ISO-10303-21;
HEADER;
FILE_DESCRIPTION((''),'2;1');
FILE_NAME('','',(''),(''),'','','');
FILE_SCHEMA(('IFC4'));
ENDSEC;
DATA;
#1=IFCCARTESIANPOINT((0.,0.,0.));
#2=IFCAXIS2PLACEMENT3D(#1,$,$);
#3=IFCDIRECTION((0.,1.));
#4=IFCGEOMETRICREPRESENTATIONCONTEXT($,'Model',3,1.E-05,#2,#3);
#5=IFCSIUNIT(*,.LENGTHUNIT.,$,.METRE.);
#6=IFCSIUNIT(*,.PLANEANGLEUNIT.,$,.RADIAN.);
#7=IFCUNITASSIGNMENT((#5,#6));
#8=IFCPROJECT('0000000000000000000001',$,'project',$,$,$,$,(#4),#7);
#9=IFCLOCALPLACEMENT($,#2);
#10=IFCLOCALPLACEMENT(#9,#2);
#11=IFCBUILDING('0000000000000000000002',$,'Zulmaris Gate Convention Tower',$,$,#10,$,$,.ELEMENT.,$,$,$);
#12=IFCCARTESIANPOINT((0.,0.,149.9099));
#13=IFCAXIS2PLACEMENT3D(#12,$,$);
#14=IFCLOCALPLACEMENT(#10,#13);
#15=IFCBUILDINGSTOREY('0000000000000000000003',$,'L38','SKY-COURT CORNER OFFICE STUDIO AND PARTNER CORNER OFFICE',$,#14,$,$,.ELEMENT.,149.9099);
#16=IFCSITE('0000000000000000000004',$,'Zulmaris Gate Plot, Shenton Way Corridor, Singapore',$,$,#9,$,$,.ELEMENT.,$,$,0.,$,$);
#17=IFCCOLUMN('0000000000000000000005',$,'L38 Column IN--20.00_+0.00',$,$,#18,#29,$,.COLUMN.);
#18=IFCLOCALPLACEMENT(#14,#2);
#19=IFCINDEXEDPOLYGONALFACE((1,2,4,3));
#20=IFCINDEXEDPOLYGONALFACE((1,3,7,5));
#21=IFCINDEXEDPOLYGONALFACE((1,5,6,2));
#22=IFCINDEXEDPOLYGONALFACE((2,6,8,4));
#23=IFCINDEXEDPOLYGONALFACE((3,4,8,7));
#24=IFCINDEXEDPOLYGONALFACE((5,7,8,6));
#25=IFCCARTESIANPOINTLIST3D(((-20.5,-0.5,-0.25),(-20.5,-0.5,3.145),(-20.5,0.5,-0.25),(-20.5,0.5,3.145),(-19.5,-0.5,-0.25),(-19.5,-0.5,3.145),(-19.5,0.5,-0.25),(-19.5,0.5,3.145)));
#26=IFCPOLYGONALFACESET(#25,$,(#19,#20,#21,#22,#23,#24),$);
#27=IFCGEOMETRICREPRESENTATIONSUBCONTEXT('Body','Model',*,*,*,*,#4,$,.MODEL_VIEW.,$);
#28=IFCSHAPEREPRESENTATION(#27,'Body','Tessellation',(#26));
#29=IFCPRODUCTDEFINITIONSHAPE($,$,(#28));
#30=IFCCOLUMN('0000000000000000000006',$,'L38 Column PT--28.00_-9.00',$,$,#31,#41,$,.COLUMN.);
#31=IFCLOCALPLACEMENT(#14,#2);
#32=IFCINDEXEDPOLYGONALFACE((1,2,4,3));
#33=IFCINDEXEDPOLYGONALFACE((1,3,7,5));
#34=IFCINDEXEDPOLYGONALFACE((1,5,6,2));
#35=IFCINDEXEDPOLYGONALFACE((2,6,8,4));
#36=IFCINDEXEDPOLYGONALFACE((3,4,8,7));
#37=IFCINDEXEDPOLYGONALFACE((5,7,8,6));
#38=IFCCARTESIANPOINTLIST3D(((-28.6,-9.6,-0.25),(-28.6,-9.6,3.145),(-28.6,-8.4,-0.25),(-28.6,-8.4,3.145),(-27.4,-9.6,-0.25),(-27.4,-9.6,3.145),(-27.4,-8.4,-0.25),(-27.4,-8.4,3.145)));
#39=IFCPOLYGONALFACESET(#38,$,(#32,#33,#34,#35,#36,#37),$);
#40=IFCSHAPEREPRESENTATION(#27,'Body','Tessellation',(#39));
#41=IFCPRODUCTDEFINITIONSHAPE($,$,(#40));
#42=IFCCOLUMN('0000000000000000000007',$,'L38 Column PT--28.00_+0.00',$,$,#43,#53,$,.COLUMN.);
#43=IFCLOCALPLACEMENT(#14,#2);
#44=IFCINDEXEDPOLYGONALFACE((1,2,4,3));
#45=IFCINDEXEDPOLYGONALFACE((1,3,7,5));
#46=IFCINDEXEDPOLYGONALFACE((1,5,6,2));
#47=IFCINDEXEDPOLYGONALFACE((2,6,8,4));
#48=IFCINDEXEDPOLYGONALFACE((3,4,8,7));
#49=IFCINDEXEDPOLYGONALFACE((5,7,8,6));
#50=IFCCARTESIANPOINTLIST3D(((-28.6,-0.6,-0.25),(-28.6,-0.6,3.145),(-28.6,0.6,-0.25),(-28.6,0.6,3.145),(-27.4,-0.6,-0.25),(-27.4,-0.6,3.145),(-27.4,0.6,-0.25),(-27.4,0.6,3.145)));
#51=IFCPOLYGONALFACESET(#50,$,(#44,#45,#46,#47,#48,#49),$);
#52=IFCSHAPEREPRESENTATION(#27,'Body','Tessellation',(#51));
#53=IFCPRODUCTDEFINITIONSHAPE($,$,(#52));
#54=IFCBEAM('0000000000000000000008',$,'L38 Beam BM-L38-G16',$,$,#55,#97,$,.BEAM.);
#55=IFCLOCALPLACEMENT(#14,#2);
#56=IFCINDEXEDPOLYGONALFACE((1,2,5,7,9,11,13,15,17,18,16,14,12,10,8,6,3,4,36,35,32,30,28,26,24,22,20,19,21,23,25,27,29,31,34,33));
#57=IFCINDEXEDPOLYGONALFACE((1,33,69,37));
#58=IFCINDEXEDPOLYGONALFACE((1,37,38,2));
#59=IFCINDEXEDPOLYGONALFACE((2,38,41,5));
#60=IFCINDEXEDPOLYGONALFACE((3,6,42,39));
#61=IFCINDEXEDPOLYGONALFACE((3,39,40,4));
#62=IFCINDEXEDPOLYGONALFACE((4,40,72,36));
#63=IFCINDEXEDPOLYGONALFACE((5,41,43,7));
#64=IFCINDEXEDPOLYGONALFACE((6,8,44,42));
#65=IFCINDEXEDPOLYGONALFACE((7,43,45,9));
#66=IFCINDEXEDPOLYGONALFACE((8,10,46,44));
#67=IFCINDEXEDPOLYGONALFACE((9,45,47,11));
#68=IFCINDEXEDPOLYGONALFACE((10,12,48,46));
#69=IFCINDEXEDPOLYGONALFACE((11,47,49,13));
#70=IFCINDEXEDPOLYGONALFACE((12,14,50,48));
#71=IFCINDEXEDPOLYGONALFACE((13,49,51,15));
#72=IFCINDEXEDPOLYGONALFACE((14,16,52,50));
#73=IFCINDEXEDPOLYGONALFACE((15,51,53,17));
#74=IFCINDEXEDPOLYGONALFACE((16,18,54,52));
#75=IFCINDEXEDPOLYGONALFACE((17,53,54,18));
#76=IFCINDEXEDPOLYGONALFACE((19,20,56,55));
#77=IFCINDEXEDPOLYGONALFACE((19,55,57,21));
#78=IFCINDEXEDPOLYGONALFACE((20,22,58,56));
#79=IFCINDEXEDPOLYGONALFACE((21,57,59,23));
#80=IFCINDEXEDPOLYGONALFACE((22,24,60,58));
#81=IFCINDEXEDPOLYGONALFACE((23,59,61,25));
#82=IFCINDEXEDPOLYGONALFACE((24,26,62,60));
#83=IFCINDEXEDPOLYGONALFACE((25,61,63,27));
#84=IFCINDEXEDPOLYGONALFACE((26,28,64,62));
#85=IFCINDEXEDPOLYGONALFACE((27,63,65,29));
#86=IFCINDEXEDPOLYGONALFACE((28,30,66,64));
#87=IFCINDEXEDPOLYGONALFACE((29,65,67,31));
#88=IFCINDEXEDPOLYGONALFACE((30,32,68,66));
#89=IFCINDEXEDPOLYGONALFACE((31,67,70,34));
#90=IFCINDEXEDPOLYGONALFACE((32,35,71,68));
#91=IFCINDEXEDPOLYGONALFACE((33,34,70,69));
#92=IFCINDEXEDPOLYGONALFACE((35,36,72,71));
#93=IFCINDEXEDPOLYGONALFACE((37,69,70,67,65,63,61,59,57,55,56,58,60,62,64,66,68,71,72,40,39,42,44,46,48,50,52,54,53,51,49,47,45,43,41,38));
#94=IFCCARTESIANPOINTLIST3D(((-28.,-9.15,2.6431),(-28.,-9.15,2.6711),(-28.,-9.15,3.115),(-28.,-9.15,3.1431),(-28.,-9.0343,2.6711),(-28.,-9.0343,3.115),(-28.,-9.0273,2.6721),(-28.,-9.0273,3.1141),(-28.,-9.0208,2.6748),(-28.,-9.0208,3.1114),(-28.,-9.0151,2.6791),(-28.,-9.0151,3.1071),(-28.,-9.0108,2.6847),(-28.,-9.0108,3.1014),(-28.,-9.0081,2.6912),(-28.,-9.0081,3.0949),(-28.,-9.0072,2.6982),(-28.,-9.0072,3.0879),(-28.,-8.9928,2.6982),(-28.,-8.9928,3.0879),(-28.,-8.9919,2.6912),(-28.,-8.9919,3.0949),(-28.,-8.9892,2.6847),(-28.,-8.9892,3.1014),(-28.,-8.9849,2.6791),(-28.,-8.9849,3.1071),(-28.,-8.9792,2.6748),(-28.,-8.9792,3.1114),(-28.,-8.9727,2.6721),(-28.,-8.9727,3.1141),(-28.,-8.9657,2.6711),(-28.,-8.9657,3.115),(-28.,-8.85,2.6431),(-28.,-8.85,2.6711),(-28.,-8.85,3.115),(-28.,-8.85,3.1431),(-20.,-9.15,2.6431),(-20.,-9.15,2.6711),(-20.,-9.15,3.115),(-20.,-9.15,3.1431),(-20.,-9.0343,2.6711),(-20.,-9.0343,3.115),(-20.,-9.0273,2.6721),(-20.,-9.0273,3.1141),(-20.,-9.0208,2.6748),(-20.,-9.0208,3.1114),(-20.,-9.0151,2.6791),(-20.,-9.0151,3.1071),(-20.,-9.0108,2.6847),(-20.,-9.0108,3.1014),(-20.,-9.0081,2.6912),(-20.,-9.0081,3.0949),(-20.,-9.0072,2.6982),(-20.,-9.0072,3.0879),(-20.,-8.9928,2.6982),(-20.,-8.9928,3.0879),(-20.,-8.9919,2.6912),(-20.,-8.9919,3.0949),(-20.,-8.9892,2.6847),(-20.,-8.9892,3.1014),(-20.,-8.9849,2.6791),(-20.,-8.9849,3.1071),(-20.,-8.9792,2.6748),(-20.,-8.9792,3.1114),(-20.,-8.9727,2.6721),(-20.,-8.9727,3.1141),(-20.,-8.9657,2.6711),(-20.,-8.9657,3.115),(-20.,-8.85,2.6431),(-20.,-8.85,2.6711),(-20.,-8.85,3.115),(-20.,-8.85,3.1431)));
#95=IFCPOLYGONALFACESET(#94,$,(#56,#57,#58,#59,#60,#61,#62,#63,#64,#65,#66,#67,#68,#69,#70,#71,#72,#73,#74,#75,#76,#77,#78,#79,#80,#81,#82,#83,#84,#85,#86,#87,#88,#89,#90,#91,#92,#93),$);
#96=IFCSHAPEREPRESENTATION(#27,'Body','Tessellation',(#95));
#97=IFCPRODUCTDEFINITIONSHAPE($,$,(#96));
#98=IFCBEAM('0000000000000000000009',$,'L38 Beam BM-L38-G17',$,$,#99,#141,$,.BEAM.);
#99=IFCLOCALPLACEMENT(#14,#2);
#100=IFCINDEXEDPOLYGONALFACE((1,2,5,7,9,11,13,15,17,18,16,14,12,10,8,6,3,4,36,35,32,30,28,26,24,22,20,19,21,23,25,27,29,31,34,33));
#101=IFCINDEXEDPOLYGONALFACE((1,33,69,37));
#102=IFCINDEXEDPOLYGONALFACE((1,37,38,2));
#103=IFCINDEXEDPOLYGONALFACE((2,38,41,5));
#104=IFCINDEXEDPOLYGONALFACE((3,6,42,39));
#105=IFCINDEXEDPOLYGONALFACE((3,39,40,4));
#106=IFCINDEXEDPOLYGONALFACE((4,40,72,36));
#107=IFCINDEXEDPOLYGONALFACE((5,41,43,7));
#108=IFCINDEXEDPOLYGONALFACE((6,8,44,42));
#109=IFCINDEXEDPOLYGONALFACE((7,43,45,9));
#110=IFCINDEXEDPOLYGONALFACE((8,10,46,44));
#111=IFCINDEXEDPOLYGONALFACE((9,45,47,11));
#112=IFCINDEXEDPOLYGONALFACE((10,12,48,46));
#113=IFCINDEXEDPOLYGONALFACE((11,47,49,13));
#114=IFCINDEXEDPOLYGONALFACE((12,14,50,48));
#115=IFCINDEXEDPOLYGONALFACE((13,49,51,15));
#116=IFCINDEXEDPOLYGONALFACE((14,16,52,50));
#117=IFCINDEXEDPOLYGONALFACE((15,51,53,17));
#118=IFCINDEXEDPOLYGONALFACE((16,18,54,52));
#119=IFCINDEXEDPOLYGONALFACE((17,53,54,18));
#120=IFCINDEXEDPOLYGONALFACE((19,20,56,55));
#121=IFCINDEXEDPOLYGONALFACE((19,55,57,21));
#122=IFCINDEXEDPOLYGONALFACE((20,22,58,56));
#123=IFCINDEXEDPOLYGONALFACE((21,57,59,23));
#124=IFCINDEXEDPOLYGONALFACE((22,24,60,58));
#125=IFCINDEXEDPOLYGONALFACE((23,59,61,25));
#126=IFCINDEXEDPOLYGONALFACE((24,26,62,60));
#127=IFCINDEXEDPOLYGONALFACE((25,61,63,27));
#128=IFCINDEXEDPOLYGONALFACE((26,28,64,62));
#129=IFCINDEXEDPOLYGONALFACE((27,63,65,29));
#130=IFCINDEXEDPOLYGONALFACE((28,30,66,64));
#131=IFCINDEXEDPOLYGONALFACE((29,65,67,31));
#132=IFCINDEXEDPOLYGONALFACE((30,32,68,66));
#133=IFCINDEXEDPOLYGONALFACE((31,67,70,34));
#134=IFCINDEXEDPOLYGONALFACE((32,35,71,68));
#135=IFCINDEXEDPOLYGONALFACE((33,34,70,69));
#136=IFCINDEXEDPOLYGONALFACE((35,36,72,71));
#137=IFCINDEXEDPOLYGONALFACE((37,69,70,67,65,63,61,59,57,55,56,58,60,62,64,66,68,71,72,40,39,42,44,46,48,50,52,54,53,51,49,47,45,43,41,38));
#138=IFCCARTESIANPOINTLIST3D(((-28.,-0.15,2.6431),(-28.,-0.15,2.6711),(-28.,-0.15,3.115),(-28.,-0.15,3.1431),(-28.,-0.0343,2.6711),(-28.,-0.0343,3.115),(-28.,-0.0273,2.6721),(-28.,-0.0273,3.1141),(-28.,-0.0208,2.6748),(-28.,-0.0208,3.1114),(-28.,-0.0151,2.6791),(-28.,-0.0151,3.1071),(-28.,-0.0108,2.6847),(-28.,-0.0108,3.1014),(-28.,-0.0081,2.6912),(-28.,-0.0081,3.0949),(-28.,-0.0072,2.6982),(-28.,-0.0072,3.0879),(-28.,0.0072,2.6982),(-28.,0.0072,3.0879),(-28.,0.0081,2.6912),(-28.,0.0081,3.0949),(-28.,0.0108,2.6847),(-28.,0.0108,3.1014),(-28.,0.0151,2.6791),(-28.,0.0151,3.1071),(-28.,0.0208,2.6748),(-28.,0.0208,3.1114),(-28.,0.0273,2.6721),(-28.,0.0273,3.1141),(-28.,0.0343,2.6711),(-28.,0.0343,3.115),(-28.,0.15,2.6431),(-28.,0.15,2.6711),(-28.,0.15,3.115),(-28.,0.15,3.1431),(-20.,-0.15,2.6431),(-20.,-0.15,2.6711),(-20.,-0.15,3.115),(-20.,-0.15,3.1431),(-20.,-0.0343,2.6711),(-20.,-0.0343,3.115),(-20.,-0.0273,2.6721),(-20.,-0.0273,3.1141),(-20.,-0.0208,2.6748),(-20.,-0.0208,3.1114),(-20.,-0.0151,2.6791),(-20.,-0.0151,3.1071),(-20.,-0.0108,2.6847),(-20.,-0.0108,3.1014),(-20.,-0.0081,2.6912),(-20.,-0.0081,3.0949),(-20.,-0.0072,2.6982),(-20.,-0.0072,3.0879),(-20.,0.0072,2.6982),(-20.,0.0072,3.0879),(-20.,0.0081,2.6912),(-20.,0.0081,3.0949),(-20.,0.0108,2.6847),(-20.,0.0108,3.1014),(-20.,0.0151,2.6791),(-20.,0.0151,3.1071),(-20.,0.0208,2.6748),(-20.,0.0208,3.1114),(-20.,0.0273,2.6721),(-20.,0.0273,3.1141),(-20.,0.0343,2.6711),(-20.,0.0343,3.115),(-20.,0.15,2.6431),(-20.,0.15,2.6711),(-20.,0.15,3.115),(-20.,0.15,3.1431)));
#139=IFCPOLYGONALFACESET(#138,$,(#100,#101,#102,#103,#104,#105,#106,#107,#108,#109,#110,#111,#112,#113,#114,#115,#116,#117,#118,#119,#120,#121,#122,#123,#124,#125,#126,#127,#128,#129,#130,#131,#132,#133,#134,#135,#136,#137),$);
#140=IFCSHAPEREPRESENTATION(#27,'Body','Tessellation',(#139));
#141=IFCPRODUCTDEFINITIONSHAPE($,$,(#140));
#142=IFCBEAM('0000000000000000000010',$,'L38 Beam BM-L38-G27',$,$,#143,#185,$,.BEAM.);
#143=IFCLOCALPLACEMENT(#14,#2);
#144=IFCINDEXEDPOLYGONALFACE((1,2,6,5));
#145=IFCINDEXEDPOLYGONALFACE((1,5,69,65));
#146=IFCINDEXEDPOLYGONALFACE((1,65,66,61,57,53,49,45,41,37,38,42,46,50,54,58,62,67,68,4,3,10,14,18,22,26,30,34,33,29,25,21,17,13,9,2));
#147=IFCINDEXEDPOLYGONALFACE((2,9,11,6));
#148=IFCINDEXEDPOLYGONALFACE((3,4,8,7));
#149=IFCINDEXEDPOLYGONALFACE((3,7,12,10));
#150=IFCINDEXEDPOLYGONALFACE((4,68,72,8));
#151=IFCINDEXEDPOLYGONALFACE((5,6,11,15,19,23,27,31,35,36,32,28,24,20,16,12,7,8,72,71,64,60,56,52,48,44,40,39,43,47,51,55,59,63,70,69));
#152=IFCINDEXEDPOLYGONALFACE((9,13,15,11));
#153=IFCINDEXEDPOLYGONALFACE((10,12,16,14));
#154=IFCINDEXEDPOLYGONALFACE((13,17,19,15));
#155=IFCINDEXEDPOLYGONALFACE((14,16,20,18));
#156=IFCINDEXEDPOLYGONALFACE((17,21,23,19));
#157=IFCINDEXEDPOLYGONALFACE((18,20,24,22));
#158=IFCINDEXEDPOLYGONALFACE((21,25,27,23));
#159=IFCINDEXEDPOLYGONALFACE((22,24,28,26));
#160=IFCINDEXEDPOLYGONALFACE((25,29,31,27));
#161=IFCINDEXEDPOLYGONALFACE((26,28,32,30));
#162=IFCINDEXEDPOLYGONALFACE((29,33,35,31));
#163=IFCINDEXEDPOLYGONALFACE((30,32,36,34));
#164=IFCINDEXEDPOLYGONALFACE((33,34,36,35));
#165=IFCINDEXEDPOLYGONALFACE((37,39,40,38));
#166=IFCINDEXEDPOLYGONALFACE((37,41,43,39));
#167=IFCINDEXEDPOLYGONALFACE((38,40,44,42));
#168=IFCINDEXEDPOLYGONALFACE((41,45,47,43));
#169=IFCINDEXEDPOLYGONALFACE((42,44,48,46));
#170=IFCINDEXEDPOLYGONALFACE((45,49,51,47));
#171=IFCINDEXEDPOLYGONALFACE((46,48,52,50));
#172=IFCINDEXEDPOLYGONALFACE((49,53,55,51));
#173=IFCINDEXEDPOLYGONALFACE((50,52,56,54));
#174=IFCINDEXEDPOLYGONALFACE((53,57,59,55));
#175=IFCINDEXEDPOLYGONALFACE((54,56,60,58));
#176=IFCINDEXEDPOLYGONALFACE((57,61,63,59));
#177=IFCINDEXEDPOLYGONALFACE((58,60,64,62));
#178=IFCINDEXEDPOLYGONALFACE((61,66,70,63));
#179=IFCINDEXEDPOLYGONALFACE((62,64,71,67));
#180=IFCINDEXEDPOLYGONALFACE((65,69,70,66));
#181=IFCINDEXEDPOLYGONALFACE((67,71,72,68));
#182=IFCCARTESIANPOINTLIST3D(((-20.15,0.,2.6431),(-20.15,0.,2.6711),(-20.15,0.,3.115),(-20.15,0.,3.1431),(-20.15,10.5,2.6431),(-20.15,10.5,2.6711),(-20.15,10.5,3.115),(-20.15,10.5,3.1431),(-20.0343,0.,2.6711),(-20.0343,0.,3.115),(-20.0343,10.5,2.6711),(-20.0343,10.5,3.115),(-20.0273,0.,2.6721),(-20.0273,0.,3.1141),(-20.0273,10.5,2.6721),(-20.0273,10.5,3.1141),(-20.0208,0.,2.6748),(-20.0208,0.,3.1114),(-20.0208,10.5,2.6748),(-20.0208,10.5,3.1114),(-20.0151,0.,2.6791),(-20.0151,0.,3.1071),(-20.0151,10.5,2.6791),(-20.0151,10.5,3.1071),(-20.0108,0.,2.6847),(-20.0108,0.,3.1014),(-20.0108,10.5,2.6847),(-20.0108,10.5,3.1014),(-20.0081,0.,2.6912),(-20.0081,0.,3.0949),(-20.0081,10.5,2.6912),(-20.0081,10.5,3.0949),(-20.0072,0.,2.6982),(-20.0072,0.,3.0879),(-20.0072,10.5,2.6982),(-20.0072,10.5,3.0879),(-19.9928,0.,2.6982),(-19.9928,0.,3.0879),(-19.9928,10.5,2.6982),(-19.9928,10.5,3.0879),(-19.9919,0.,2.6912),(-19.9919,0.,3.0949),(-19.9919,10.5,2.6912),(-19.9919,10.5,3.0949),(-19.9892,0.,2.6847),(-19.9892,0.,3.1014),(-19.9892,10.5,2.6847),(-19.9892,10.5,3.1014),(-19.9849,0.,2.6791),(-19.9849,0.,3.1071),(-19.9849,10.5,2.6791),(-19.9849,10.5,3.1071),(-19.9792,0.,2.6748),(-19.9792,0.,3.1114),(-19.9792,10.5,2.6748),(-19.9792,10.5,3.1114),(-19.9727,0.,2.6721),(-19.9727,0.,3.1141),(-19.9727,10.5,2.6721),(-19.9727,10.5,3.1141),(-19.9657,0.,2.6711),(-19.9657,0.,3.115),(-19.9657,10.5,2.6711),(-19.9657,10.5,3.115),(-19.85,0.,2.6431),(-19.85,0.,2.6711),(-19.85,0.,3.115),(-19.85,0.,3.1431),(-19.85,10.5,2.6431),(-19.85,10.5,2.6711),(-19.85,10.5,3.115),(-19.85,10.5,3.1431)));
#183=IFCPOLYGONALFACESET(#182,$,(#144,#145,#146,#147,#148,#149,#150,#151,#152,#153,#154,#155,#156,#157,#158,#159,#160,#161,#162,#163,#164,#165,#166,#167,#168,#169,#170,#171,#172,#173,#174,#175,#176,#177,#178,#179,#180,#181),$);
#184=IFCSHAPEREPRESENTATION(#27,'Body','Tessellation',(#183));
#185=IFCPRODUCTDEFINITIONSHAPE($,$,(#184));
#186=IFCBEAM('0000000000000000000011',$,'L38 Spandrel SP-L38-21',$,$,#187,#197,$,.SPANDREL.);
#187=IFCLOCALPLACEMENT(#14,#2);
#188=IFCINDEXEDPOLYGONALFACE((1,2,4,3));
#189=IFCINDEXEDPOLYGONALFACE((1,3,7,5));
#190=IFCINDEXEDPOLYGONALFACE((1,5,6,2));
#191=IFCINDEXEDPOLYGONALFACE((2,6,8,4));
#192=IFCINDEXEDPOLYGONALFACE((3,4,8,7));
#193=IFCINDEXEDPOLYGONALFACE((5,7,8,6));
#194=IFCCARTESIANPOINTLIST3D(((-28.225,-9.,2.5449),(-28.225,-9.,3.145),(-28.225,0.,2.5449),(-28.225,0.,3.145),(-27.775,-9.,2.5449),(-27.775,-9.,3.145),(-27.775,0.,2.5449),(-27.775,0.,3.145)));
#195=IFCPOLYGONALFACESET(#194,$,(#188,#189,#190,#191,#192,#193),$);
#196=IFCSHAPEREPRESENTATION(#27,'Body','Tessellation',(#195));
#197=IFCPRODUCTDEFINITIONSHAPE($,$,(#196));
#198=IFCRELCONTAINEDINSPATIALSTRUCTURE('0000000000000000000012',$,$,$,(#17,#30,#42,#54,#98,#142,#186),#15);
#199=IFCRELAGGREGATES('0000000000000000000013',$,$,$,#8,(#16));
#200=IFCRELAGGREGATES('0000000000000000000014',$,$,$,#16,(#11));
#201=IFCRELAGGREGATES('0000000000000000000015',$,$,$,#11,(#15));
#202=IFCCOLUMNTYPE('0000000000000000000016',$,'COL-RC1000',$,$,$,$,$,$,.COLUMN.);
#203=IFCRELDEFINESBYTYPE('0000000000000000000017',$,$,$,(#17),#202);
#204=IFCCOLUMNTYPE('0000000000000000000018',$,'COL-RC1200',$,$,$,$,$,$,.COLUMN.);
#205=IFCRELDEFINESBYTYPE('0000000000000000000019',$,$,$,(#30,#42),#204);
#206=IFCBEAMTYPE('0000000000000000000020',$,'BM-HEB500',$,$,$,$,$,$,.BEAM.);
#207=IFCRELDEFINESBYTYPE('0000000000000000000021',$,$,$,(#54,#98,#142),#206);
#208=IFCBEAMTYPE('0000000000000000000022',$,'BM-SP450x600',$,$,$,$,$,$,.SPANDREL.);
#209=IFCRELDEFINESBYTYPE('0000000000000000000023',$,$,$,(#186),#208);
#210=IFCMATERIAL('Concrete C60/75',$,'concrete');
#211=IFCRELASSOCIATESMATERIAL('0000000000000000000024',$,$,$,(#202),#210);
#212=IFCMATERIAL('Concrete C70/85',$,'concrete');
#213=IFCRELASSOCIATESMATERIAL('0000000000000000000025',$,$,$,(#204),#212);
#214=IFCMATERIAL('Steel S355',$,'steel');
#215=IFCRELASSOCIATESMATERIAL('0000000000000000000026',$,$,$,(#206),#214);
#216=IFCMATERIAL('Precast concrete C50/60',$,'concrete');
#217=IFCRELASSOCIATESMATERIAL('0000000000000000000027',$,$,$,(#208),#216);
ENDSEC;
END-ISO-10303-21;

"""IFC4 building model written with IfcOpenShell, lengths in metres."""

from ifc_helpers import new_model, si_unit, direction, frame, origin, origin_2d, place, context, subcontext, project, spatial, rectangle, i_section, extrude, material, material_profile, profile_set, type_object, element, save


model = new_model("IFC4")

# Units and contexts
model_context = context("Model", 3, precision=1e-05, world=origin(), true_north=direction((0.0, 1.0)))
body_context = subcontext(model_context, "Body", "Model", "MODEL_VIEW")
ifc_project = project(units=[si_unit("LENGTHUNIT", "METRE"), si_unit("PLANEANGLEUNIT", "RADIAN")], contexts=[model_context])

# Site, building, storey
site_placement = place(None, origin())
site = spatial("IfcSite", under=ifc_project, at=site_placement, Name="Zulmaris Gate Plot, Shenton Way Corridor, Singapore", CompositionType="ELEMENT", RefElevation=0.0)
building_placement = place(site_placement, origin())
building = spatial("IfcBuilding", under=site, at=building_placement, Name="Zulmaris Gate Convention Tower", CompositionType="ELEMENT")
storey_placement = place(building_placement, frame((0.0, 0.0, 149.9099)))
storey = spatial("IfcBuildingStorey", under=building, at=storey_placement, Name="L38", Description="SKY-COURT CORNER OFFICE STUDIO AND PARTNER CORNER OFFICE", CompositionType="ELEMENT", Elevation=149.9099)

# Columns
ifc_material_1 = material(Name="Concrete C60/75", Category="concrete")
ifc_material_profile_1 = material_profile(ifc_material_1, rectangle(XDim=1.0, YDim=1.0, at=origin_2d()), Name="RC COL 1000x1000")
ifc_profile_set_1 = profile_set([ifc_material_profile_1], Name="Concrete C60/75")
column_type_1 = type_object("IfcColumnType", Name="COL-RC1000", PredefinedType="COLUMN", material=ifc_profile_set_1)
column_placement = place(storey_placement, frame((-20.0, 0.0, -0.25), z_axis=(0.0, 0.0, 1.0), x_axis=(1.0, 0.0, 0.0)))
element("IfcColumn", 1, at=column_placement, inside=storey, type_object=column_type_1, Name="L38 Column IN--20.00_+0.00", PredefinedType="COLUMN", context=body_context, shape_type="SweptSolid", body=[
    extrude(rectangle(XDim=1.0, YDim=1.0, at=origin_2d()), origin(), (0.0, 0.0, 1.0), 3.395),
])
ifc_material_2 = material(Name="Concrete C70/85", Category="concrete")
ifc_material_profile_2 = material_profile(ifc_material_2, rectangle(XDim=1.2, YDim=1.2, at=origin_2d()), Name="RC COL 1200x1200")
ifc_profile_set_2 = profile_set([ifc_material_profile_2], Name="Concrete C70/85")
column_type_2 = type_object("IfcColumnType", Name="COL-RC1200", PredefinedType="COLUMN", material=ifc_profile_set_2)
for number, where, z_axis, x_axis, name in (
    (2, (-28.0, -9.0, -0.25), (0.0, 0.0, 1.0), (1.0, 0.0, 0.0), "L38 Column PT--28.00_-9.00"),
    (3, (-28.0, 0.0, -0.25), (0.0, 0.0, 1.0), (1.0, 0.0, 0.0), "L38 Column PT--28.00_+0.00"),
):
    element("IfcColumn", number, at=place(storey_placement, frame(where, z_axis=z_axis, x_axis=x_axis)), inside=storey, type_object=column_type_2, Name=name, PredefinedType="COLUMN", context=body_context, shape_type="SweptSolid", body=[
        extrude(rectangle(XDim=1.2, YDim=1.2, at=origin_2d()), origin(), (0.0, 0.0, 1.0), 3.395),
    ])

# Beams
ifc_material_3 = material(Name="Steel S355", Category="steel")
ifc_material_profile_3 = material_profile(ifc_material_3, i_section(OverallWidth=0.3, OverallDepth=0.5, WebThickness=0.0144, FlangeThickness=0.0281, FilletRadius=0.0271, at=origin_2d()), Name="HEB 500")
ifc_profile_set_3 = profile_set([ifc_material_profile_3], Name="Steel S355")
beam_type_1 = type_object("IfcBeamType", Name="BM-HEB500", PredefinedType="BEAM", material=ifc_profile_set_3)
for number, where, z_axis, x_axis, name in (
    (4, (-28.0, -9.0, 2.8931), (1.0, 0.0, 0.0), (0.0, 1.0, 0.0), "L38 Beam BM-L38-G16"),
    (5, (-28.0, 0.0, 2.8931), (1.0, 0.0, 0.0), (0.0, 1.0, 0.0), "L38 Beam BM-L38-G17"),
):
    element("IfcBeam", number, at=place(storey_placement, frame(where, z_axis=z_axis, x_axis=x_axis)), inside=storey, type_object=beam_type_1, Name=name, PredefinedType="BEAM", context=body_context, shape_type="SweptSolid", body=[
        extrude(i_section(OverallWidth=0.3, OverallDepth=0.5, WebThickness=0.0144, FlangeThickness=0.0281, FilletRadius=0.0271, at=origin_2d()), origin(), (0.0, 0.0, 1.0), 8.0),
    ])
beam_1_placement = place(storey_placement, frame((-20.0, 0.0, 2.8931), z_axis=(0.0, 1.0, 0.0), x_axis=(-1.0, 0.0, 0.0)))
element("IfcBeam", 6, at=beam_1_placement, inside=storey, type_object=beam_type_1, Name="L38 Beam BM-L38-G27", PredefinedType="BEAM", context=body_context, shape_type="SweptSolid", body=[
    extrude(i_section(OverallWidth=0.3, OverallDepth=0.5, WebThickness=0.0144, FlangeThickness=0.0281, FilletRadius=0.0271, at=origin_2d()), origin(), (0.0, 0.0, 1.0), 10.5),
])
ifc_material_4 = material(Name="Precast concrete C50/60", Category="concrete")
ifc_material_profile_4 = material_profile(ifc_material_4, rectangle(XDim=0.45, YDim=0.6001, at=origin_2d()), Name="RC SPANDREL 450x600")
ifc_profile_set_4 = profile_set([ifc_material_profile_4], Name="Precast concrete C50/60")
beam_type_2 = type_object("IfcBeamType", Name="BM-SP450x600", PredefinedType="SPANDREL", material=ifc_profile_set_4)
beam_2_placement = place(storey_placement, frame((-28.0, 0.0, 2.845), z_axis=(0.0, -1.0, 0.0), x_axis=(1.0, 0.0, 0.0)))
element("IfcBeam", 7, at=beam_2_placement, inside=storey, type_object=beam_type_2, Name="L38 Spandrel SP-L38-21", PredefinedType="SPANDREL", context=body_context, shape_type="SweptSolid", body=[
    extrude(rectangle(XDim=0.45, YDim=0.6001, at=origin_2d()), origin(), (0.0, 0.0, 1.0), 9.0),
])

save(model, "model.ifc")
